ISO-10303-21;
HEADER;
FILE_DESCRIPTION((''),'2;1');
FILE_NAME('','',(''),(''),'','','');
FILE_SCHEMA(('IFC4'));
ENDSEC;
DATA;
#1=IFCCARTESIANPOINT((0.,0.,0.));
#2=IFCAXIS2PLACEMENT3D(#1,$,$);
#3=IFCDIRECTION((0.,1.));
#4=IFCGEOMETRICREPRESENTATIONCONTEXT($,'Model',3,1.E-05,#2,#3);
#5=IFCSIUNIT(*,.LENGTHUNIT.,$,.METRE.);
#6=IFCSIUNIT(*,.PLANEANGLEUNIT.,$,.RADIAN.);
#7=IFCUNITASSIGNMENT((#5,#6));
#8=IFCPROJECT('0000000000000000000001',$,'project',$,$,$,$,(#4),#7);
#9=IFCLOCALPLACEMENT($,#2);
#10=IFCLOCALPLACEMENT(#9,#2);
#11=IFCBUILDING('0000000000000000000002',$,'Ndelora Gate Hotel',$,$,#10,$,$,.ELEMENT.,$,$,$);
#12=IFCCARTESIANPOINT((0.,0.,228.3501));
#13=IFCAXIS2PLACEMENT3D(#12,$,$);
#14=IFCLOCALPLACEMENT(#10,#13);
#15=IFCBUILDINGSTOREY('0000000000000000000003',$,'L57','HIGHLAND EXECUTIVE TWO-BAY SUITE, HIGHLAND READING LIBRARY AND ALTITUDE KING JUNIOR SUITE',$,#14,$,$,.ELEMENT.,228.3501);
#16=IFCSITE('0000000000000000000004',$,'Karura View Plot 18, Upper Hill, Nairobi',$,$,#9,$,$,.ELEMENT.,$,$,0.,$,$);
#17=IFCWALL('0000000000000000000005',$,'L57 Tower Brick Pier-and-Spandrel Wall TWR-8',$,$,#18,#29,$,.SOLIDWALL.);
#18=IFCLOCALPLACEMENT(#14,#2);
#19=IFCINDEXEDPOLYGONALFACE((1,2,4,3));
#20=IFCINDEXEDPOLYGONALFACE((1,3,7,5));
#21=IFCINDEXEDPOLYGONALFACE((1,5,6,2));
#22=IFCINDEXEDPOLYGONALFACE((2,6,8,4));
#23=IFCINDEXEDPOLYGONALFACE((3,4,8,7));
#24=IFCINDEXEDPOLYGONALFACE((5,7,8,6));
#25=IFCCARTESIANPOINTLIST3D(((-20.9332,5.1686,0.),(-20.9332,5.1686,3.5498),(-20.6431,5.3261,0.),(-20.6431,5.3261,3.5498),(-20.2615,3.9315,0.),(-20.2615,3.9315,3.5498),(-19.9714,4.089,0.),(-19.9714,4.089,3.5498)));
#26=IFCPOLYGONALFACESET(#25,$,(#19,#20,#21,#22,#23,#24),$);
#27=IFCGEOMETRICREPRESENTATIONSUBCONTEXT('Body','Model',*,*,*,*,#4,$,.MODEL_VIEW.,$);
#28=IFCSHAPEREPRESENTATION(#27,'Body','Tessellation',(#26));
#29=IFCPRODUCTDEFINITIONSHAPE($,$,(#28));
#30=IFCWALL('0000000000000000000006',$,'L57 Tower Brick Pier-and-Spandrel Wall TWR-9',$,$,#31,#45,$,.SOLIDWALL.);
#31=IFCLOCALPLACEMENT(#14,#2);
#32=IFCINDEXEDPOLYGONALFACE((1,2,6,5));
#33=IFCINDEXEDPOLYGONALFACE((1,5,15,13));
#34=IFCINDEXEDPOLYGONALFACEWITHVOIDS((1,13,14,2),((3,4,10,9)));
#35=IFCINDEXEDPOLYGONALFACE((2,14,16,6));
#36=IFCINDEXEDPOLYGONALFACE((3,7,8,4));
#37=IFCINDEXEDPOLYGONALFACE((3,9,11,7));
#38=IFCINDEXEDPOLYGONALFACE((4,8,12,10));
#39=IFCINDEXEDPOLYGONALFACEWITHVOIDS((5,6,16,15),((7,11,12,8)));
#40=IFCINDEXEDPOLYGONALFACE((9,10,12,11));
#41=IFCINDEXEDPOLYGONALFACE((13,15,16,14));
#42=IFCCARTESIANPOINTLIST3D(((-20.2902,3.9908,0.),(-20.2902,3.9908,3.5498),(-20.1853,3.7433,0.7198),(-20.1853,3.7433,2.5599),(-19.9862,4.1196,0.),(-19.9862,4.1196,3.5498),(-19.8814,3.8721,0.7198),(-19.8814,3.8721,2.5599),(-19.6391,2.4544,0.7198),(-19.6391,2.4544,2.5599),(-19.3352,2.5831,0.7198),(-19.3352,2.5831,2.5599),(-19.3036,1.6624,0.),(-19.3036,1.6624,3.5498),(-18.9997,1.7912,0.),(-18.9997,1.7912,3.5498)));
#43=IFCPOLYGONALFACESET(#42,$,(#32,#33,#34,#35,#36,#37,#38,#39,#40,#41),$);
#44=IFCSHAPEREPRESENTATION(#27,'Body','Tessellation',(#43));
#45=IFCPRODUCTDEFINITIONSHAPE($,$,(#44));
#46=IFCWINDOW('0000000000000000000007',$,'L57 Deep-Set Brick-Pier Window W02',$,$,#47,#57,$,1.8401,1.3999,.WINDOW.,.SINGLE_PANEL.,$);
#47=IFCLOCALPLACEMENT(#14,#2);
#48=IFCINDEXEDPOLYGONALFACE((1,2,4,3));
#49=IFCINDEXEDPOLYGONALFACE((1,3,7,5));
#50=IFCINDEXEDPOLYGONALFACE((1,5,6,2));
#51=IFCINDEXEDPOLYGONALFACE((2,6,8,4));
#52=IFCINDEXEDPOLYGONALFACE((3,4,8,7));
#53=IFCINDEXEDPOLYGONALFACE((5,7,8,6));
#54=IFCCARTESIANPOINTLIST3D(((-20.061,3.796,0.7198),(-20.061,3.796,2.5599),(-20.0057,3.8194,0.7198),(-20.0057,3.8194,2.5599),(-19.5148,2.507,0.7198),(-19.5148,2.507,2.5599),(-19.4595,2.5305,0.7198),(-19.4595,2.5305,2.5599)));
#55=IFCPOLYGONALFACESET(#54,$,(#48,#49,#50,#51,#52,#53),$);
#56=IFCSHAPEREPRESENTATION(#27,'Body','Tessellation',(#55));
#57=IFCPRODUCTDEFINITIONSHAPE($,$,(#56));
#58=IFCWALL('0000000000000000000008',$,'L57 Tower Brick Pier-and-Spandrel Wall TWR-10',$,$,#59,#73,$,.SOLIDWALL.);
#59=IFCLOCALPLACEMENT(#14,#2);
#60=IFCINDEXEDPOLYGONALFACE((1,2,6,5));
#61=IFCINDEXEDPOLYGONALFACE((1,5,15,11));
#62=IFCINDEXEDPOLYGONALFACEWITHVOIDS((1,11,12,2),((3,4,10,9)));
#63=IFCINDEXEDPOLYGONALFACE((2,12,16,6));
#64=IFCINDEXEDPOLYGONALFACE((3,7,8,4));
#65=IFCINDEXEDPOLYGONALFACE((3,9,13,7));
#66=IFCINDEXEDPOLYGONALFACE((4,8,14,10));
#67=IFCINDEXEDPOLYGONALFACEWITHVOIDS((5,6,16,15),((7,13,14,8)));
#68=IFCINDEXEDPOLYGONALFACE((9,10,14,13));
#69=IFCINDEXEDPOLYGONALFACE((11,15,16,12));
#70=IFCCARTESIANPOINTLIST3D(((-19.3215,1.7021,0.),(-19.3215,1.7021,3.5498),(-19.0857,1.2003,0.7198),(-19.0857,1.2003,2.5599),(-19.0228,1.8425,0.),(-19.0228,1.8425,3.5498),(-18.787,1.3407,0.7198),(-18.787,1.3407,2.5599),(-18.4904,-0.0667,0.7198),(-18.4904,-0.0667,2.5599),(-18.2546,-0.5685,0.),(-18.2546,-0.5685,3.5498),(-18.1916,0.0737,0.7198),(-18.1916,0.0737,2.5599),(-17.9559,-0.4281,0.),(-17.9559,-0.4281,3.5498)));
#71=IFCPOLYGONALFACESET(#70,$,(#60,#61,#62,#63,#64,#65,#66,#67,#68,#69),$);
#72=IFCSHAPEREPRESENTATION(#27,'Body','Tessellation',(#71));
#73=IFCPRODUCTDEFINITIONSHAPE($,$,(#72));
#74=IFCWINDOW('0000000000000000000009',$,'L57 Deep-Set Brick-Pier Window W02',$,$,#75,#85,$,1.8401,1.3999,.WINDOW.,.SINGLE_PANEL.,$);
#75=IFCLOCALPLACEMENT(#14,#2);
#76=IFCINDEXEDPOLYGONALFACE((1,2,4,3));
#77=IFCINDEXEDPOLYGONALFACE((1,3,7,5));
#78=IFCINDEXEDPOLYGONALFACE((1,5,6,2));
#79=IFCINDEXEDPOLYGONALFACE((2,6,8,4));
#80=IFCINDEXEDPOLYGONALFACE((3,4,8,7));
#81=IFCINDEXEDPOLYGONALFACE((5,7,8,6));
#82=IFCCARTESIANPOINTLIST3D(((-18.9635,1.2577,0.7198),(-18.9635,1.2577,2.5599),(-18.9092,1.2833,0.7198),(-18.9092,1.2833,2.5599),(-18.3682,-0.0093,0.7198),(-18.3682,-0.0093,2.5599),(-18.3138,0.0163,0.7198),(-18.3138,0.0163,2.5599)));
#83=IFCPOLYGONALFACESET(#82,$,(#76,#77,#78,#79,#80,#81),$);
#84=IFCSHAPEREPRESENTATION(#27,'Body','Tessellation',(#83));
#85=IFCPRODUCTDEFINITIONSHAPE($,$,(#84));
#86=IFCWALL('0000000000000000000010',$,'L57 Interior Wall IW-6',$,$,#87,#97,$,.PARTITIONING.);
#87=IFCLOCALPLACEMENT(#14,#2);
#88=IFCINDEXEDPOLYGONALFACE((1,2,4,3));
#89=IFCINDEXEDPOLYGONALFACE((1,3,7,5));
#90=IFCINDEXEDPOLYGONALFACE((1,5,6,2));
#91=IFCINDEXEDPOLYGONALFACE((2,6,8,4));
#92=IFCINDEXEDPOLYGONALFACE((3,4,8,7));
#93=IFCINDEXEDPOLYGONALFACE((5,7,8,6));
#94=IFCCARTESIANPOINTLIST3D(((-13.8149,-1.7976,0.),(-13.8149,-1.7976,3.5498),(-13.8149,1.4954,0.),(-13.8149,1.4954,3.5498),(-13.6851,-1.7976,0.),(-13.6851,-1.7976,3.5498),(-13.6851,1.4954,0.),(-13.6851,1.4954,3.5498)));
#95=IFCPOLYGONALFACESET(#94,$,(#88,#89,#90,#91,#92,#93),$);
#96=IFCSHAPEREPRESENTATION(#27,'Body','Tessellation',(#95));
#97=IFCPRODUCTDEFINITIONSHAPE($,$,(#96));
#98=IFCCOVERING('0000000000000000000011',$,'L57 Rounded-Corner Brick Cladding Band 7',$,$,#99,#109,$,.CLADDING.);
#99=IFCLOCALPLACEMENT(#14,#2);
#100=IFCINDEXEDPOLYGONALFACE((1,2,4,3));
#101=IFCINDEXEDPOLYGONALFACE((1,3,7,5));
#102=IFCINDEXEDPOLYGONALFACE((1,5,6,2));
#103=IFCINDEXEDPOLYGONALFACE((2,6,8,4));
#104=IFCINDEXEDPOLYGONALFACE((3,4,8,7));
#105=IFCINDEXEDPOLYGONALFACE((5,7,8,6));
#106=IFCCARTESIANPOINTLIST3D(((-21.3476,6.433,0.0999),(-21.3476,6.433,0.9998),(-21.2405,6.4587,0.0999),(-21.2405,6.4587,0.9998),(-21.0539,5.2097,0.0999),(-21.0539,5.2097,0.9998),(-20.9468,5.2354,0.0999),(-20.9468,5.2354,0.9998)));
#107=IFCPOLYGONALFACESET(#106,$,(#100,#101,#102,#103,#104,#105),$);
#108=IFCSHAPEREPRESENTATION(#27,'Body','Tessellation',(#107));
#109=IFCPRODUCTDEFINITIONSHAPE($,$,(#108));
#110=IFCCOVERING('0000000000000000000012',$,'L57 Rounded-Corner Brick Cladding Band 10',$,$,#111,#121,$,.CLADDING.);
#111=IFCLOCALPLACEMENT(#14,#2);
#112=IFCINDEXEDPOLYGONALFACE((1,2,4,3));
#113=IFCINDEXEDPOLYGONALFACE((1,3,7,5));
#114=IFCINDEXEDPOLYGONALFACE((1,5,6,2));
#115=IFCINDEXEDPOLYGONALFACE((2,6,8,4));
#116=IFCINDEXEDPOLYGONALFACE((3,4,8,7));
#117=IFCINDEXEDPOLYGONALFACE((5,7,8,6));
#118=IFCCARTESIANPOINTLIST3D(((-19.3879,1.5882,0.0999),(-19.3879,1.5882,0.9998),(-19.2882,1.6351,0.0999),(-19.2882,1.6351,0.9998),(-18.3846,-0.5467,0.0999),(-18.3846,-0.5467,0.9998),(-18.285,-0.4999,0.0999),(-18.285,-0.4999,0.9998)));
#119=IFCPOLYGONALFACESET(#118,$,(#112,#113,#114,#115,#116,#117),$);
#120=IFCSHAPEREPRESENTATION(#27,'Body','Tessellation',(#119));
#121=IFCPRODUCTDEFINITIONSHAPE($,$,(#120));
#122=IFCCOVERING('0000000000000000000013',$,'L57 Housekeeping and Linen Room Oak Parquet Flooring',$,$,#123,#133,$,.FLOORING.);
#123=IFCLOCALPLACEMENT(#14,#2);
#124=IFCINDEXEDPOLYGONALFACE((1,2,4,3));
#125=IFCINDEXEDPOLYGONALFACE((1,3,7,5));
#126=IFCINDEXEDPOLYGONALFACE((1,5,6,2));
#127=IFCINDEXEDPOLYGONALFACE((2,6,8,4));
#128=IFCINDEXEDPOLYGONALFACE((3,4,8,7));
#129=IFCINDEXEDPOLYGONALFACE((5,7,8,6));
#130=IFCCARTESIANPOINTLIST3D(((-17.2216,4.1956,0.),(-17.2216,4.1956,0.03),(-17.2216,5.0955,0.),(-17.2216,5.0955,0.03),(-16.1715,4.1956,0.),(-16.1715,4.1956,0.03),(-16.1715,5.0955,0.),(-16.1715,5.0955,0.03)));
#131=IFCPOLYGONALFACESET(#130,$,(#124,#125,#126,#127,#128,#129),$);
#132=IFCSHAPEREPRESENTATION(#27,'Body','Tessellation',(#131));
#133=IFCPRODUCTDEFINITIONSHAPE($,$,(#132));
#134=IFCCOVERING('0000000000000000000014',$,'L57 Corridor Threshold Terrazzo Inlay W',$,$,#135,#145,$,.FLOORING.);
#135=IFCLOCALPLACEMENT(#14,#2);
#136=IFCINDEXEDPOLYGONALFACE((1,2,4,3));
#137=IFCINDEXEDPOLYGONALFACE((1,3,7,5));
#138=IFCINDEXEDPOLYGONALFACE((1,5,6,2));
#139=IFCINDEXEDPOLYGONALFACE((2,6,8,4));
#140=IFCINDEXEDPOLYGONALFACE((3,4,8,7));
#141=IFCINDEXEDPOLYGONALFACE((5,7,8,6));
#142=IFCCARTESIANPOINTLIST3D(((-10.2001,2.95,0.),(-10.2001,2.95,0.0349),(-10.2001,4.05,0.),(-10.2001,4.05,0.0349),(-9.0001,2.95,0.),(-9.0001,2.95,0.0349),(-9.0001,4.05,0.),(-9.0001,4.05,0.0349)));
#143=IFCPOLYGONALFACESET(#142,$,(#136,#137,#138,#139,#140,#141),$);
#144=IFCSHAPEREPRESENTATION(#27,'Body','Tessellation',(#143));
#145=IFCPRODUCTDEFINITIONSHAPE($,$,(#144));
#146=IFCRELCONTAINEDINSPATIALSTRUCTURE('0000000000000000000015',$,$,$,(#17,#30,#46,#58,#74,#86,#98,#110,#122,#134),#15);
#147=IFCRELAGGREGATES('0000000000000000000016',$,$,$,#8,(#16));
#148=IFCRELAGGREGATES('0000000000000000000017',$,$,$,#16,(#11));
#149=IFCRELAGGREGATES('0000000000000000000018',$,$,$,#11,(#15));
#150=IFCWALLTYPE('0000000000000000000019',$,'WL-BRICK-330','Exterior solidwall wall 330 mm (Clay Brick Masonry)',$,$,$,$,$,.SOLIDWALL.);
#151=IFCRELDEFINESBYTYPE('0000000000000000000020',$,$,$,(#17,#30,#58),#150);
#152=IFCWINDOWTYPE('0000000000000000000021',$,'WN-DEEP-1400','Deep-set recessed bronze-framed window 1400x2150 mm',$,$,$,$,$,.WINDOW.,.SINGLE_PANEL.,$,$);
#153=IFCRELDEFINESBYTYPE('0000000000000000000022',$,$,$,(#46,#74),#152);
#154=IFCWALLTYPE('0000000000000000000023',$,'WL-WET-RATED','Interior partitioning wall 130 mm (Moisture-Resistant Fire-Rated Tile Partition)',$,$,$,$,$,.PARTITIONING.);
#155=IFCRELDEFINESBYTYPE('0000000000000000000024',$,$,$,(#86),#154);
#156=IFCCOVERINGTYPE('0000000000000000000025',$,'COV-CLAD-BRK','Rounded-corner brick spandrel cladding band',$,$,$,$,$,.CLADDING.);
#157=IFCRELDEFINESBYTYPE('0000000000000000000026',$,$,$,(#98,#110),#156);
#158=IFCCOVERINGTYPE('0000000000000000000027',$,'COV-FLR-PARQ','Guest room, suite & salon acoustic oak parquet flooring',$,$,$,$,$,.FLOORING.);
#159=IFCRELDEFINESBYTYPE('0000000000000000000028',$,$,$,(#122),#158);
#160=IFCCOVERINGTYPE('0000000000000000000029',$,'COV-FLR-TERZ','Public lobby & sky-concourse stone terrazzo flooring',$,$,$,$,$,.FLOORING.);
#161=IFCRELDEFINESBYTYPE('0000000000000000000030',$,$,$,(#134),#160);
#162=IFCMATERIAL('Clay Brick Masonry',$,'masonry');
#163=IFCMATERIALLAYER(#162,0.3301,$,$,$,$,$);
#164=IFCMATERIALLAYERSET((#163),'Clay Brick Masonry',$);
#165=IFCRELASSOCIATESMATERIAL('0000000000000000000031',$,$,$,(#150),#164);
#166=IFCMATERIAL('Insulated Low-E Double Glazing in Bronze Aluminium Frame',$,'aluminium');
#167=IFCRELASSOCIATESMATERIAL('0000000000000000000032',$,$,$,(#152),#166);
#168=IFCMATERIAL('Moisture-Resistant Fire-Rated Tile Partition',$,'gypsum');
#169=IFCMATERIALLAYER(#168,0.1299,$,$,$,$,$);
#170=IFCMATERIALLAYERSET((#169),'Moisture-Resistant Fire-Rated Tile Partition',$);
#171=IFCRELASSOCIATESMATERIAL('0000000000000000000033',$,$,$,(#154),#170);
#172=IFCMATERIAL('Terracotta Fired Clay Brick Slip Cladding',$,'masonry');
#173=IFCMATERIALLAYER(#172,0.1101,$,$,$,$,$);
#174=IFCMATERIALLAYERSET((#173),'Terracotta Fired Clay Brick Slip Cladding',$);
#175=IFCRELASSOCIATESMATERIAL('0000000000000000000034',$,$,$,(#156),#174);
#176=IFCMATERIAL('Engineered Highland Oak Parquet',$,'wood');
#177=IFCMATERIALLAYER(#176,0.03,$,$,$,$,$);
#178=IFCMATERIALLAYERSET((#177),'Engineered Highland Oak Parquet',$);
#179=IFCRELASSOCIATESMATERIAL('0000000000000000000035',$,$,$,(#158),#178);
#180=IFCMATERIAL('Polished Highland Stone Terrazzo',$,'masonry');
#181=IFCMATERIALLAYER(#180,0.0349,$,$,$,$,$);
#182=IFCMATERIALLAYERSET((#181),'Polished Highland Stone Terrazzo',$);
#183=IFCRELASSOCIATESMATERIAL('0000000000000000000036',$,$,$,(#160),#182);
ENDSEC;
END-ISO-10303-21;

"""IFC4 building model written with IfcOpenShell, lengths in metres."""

from ifc_helpers import new_model, si_unit, direction, frame, frame_2d, origin, origin_2d, place, context, subcontext, project, spatial, rectangle, extrude, material, layer, layer_set, type_object, element, fill, save


model = new_model("IFC4")

# Units and contexts
model_context = context("Model", 3, precision=1e-05, world=origin(), true_north=direction((0.0, 1.0)))
body_context = subcontext(model_context, "Body", "Model", "MODEL_VIEW")
ifc_project = project(units=[si_unit("LENGTHUNIT", "METRE"), si_unit("PLANEANGLEUNIT", "RADIAN")], contexts=[model_context])

# Site, building, storey
site_placement = place(None, origin())
site = spatial("IfcSite", under=ifc_project, at=site_placement, Name="Karura View Plot 18, Upper Hill, Nairobi", CompositionType="ELEMENT", RefElevation=0.0)
building_placement = place(site_placement, origin())
building = spatial("IfcBuilding", under=site, at=building_placement, Name="Ndelora Gate Hotel", CompositionType="ELEMENT")
storey_placement = place(building_placement, frame((0.0, 0.0, 228.3501)))
storey = spatial("IfcBuildingStorey", under=building, at=storey_placement, Name="L57", Description="HIGHLAND EXECUTIVE TWO-BAY SUITE, HIGHLAND READING LIBRARY AND ALTITUDE KING JUNIOR SUITE", CompositionType="ELEMENT", Elevation=228.3501)

# Wall
ifc_material_1 = material(Name="Clay Brick Masonry", Category="masonry")
ifc_layer_1 = layer(ifc_material_1, 0.3301)
ifc_layer_set_1 = layer_set([ifc_layer_1], Name="Clay Brick Masonry")
wall_type_1 = type_object("IfcWallType", Name="WL-BRICK-330", Description="Exterior solidwall wall 330 mm (Clay Brick Masonry)", PredefinedType="SOLIDWALL", material=ifc_layer_set_1)
wall_1_placement = place(storey_placement, frame((-20.1165, 4.0103, 0.0), z_axis=(0.0, 0.0, 1.0), x_axis=(-0.477138, 0.878828, 0.0)))
element("IfcWall", 1, at=wall_1_placement, inside=storey, type_object=wall_type_1, Name="L57 Tower Brick Pier-and-Spandrel Wall TWR-8", PredefinedType="SOLIDWALL", context=body_context, shape_type="SweptSolid", body=[
    extrude(rectangle(XDim=1.4077, YDim=0.3301, at=frame_2d((0.7039, 0.0))), origin(), (0.0, 0.0, 1.0), 3.5498),
])

# Walls, openings, windows
wall_2_placement = place(storey_placement, frame((-19.1516, 1.7268, 0.0), z_axis=(0.0, 0.0, 1.0), x_axis=(-0.390141, 0.920755, 0.0)))
wall_2 = element("IfcWall", 2, at=wall_2_placement, inside=storey, type_object=wall_type_1, Name="L57 Tower Brick Pier-and-Spandrel Wall TWR-9", PredefinedType="SOLIDWALL", context=body_context, shape_type="SweptSolid", body=[
    extrude(rectangle(XDim=2.5288, YDim=0.3301, at=frame_2d((1.2644, 0.0))), origin(), (0.0, 0.0, 1.0), 3.5498),
])
opening_1_placement = place(wall_2_placement, frame((0.8601, 0.0, 0.72)))
opening_1 = element("IfcOpeningElement", 3, at=opening_1_placement, cuts=wall_2, PredefinedType="OPENING", context=body_context, shape_type="SweptSolid", body=[
    extrude(rectangle(XDim=1.3999, YDim=1.8401, at=frame_2d((0.7, 0.9199))), frame((0.0, 0.175, 0.0), z_axis=(0.0, -1.0, 0.0), x_axis=(1.0, 0.0, 0.0)), (0.0, 0.0, 1.0), 0.3501),
])
ifc_material_2 = material(Name="Insulated Low-E Double Glazing in Bronze Aluminium Frame", Category="aluminium")
window_type = type_object("IfcWindowType", Name="WN-DEEP-1400", Description="Deep-set recessed bronze-framed window 1400x2150 mm", PartitioningType="SINGLE_PANEL", PredefinedType="WINDOW", material=ifc_material_2)
window_1_placement = place(opening_1_placement, origin())
window_1 = element("IfcWindow", 4, at=window_1_placement, inside=storey, type_object=window_type, Name="L57 Deep-Set Brick-Pier Window W02", OverallHeight=1.8401, OverallWidth=1.3999, PartitioningType="SINGLE_PANEL", PredefinedType="WINDOW", context=body_context, shape_type="SweptSolid", body=[
    extrude(rectangle(XDim=1.3999, YDim=1.8401, at=frame_2d((0.7, 0.9199))), frame((0.0, 0.03, 0.0), z_axis=(0.0, -1.0, 0.0), x_axis=(1.0, 0.0, 0.0)), (0.0, 0.0, 1.0), 0.0601),
])
fill(opening_1, window_1)
wall_3_placement = place(storey_placement, frame((-18.1052, -0.4983, 0.0), z_axis=(0.0, 0.0, 1.0), x_axis=(-0.425281, 0.905061, 0.0)))
wall_3 = element("IfcWall", 5, at=wall_3_placement, inside=storey, type_object=wall_type_1, Name="L57 Tower Brick Pier-and-Spandrel Wall TWR-10", PredefinedType="SOLIDWALL", context=body_context, shape_type="SweptSolid", body=[
    extrude(rectangle(XDim=2.5088, YDim=0.3301, at=frame_2d((1.2544, 0.0))), origin(), (0.0, 0.0, 1.0), 3.5498),
])
opening_2_placement = place(wall_3_placement, frame((0.5544, 0.0, 0.72)))
opening_2 = element("IfcOpeningElement", 6, at=opening_2_placement, cuts=wall_3, PredefinedType="OPENING", context=body_context, shape_type="SweptSolid", body=[
    extrude(rectangle(XDim=1.3999, YDim=1.8401, at=frame_2d((0.7, 0.9199))), frame((0.0, 0.175, 0.0), z_axis=(0.0, -1.0, 0.0), x_axis=(1.0, 0.0, 0.0)), (0.0, 0.0, 1.0), 0.3501),
])
window_2_placement = place(opening_2_placement, origin())
window_2 = element("IfcWindow", 7, at=window_2_placement, inside=storey, type_object=window_type, Name="L57 Deep-Set Brick-Pier Window W02", OverallHeight=1.8401, OverallWidth=1.3999, PartitioningType="SINGLE_PANEL", PredefinedType="WINDOW", context=body_context, shape_type="SweptSolid", body=[
    extrude(rectangle(XDim=1.3999, YDim=1.8401, at=frame_2d((0.7, 0.9199))), frame((0.0, 0.03, 0.0), z_axis=(0.0, -1.0, 0.0), x_axis=(1.0, 0.0, 0.0)), (0.0, 0.0, 1.0), 0.0601),
])
fill(opening_2, window_2)

# Wall
ifc_material_3 = material(Name="Moisture-Resistant Fire-Rated Tile Partition", Category="gypsum")
ifc_layer_2 = layer(ifc_material_3, 0.1299)
ifc_layer_set_2 = layer_set([ifc_layer_2], Name="Moisture-Resistant Fire-Rated Tile Partition")
wall_type_2 = type_object("IfcWallType", Name="WL-WET-RATED", Description="Interior partitioning wall 130 mm (Moisture-Resistant Fire-Rated Tile Partition)", PredefinedType="PARTITIONING", material=ifc_layer_set_2)
wall_4_placement = place(storey_placement, frame((-13.75, -1.7976, 0.0), z_axis=(0.0, 0.0, 1.0), x_axis=(0.0, 1.0, 0.0)))
element("IfcWall", 8, at=wall_4_placement, inside=storey, type_object=wall_type_2, Name="L57 Interior Wall IW-6", PredefinedType="PARTITIONING", context=body_context, shape_type="SweptSolid", body=[
    extrude(rectangle(XDim=3.293, YDim=0.1299, at=frame_2d((1.6465, 0.0))), origin(), (0.0, 0.0, 1.0), 3.5498),
])

# Coverings
ifc_material_4 = material(Name="Terracotta Fired Clay Brick Slip Cladding", Category="masonry")
ifc_layer_3 = layer(ifc_material_4, 0.1101)
ifc_layer_set_3 = layer_set([ifc_layer_3], Name="Terracotta Fired Clay Brick Slip Cladding")
covering_type_1 = type_object("IfcCoveringType", Name="COV-CLAD-BRK", Description="Rounded-corner brick spandrel cladding band", PredefinedType="CLADDING", material=ifc_layer_set_3)
covering_1_placement = place(storey_placement, frame((-21.1472, 5.8342, 0.0999), z_axis=(0.0, 0.0, 1.0), x_axis=(-0.233445, 0.97237, 0.0)))
element("IfcCovering", 9, at=covering_1_placement, inside=storey, type_object=covering_type_1, Name="L57 Rounded-Corner Brick Cladding Band 7", PredefinedType="CLADDING", context=body_context, shape_type="SweptSolid", body=[
    extrude(rectangle(XDim=1.2581, YDim=0.1101, at=origin_2d()), origin(), (0.0, 0.0, 1.0), 0.8999),
])
covering_2_placement = place(storey_placement, frame((-18.8364, 0.5442, 0.0999), z_axis=(0.0, 0.0, 1.0), x_axis=(-0.425305, 0.90505, 0.0)))
element("IfcCovering", 10, at=covering_2_placement, inside=storey, type_object=covering_type_1, Name="L57 Rounded-Corner Brick Cladding Band 10", PredefinedType="CLADDING", context=body_context, shape_type="SweptSolid", body=[
    extrude(rectangle(XDim=2.3589, YDim=0.1101, at=origin_2d()), origin(), (0.0, 0.0, 1.0), 0.8999),
])
ifc_material_5 = material(Name="Engineered Highland Oak Parquet", Category="wood")
ifc_layer_4 = layer(ifc_material_5, 0.03)
ifc_layer_set_4 = layer_set([ifc_layer_4], Name="Engineered Highland Oak Parquet")
covering_type_2 = type_object("IfcCoveringType", Name="COV-FLR-PARQ", Description="Guest room, suite & salon acoustic oak parquet flooring", PredefinedType="FLOORING", material=ifc_layer_set_4)
covering_3_placement = place(storey_placement, frame((-16.6965, 4.6455, 0.0), z_axis=(0.0, 0.0, 1.0), x_axis=(1.0, 0.0, 0.0)))
element("IfcCovering", 11, at=covering_3_placement, inside=storey, type_object=covering_type_2, Name="L57 Housekeeping and Linen Room Oak Parquet Flooring", PredefinedType="FLOORING", context=body_context, shape_type="SweptSolid", body=[
    extrude(rectangle(XDim=1.05, YDim=0.8999, at=origin_2d()), origin(), (0.0, 0.0, 1.0), 0.03),
])
ifc_material_6 = material(Name="Polished Highland Stone Terrazzo", Category="masonry")
ifc_layer_5 = layer(ifc_material_6, 0.0349)
ifc_layer_set_5 = layer_set([ifc_layer_5], Name="Polished Highland Stone Terrazzo")
covering_type_3 = type_object("IfcCoveringType", Name="COV-FLR-TERZ", Description="Public lobby & sky-concourse stone terrazzo flooring", PredefinedType="FLOORING", material=ifc_layer_set_5)
covering_4_placement = place(storey_placement, frame((-9.6001, 3.5, 0.0), z_axis=(0.0, 0.0, 1.0), x_axis=(1.0, 0.0, 0.0)))
element("IfcCovering", 12, at=covering_4_placement, inside=storey, type_object=covering_type_3, Name="L57 Corridor Threshold Terrazzo Inlay W", PredefinedType="FLOORING", context=body_context, shape_type="SweptSolid", body=[
    extrude(rectangle(XDim=1.2, YDim=1.1001, at=origin_2d()), origin(), (0.0, 0.0, 1.0), 0.0349),
])

save(model, "model.ifc")
